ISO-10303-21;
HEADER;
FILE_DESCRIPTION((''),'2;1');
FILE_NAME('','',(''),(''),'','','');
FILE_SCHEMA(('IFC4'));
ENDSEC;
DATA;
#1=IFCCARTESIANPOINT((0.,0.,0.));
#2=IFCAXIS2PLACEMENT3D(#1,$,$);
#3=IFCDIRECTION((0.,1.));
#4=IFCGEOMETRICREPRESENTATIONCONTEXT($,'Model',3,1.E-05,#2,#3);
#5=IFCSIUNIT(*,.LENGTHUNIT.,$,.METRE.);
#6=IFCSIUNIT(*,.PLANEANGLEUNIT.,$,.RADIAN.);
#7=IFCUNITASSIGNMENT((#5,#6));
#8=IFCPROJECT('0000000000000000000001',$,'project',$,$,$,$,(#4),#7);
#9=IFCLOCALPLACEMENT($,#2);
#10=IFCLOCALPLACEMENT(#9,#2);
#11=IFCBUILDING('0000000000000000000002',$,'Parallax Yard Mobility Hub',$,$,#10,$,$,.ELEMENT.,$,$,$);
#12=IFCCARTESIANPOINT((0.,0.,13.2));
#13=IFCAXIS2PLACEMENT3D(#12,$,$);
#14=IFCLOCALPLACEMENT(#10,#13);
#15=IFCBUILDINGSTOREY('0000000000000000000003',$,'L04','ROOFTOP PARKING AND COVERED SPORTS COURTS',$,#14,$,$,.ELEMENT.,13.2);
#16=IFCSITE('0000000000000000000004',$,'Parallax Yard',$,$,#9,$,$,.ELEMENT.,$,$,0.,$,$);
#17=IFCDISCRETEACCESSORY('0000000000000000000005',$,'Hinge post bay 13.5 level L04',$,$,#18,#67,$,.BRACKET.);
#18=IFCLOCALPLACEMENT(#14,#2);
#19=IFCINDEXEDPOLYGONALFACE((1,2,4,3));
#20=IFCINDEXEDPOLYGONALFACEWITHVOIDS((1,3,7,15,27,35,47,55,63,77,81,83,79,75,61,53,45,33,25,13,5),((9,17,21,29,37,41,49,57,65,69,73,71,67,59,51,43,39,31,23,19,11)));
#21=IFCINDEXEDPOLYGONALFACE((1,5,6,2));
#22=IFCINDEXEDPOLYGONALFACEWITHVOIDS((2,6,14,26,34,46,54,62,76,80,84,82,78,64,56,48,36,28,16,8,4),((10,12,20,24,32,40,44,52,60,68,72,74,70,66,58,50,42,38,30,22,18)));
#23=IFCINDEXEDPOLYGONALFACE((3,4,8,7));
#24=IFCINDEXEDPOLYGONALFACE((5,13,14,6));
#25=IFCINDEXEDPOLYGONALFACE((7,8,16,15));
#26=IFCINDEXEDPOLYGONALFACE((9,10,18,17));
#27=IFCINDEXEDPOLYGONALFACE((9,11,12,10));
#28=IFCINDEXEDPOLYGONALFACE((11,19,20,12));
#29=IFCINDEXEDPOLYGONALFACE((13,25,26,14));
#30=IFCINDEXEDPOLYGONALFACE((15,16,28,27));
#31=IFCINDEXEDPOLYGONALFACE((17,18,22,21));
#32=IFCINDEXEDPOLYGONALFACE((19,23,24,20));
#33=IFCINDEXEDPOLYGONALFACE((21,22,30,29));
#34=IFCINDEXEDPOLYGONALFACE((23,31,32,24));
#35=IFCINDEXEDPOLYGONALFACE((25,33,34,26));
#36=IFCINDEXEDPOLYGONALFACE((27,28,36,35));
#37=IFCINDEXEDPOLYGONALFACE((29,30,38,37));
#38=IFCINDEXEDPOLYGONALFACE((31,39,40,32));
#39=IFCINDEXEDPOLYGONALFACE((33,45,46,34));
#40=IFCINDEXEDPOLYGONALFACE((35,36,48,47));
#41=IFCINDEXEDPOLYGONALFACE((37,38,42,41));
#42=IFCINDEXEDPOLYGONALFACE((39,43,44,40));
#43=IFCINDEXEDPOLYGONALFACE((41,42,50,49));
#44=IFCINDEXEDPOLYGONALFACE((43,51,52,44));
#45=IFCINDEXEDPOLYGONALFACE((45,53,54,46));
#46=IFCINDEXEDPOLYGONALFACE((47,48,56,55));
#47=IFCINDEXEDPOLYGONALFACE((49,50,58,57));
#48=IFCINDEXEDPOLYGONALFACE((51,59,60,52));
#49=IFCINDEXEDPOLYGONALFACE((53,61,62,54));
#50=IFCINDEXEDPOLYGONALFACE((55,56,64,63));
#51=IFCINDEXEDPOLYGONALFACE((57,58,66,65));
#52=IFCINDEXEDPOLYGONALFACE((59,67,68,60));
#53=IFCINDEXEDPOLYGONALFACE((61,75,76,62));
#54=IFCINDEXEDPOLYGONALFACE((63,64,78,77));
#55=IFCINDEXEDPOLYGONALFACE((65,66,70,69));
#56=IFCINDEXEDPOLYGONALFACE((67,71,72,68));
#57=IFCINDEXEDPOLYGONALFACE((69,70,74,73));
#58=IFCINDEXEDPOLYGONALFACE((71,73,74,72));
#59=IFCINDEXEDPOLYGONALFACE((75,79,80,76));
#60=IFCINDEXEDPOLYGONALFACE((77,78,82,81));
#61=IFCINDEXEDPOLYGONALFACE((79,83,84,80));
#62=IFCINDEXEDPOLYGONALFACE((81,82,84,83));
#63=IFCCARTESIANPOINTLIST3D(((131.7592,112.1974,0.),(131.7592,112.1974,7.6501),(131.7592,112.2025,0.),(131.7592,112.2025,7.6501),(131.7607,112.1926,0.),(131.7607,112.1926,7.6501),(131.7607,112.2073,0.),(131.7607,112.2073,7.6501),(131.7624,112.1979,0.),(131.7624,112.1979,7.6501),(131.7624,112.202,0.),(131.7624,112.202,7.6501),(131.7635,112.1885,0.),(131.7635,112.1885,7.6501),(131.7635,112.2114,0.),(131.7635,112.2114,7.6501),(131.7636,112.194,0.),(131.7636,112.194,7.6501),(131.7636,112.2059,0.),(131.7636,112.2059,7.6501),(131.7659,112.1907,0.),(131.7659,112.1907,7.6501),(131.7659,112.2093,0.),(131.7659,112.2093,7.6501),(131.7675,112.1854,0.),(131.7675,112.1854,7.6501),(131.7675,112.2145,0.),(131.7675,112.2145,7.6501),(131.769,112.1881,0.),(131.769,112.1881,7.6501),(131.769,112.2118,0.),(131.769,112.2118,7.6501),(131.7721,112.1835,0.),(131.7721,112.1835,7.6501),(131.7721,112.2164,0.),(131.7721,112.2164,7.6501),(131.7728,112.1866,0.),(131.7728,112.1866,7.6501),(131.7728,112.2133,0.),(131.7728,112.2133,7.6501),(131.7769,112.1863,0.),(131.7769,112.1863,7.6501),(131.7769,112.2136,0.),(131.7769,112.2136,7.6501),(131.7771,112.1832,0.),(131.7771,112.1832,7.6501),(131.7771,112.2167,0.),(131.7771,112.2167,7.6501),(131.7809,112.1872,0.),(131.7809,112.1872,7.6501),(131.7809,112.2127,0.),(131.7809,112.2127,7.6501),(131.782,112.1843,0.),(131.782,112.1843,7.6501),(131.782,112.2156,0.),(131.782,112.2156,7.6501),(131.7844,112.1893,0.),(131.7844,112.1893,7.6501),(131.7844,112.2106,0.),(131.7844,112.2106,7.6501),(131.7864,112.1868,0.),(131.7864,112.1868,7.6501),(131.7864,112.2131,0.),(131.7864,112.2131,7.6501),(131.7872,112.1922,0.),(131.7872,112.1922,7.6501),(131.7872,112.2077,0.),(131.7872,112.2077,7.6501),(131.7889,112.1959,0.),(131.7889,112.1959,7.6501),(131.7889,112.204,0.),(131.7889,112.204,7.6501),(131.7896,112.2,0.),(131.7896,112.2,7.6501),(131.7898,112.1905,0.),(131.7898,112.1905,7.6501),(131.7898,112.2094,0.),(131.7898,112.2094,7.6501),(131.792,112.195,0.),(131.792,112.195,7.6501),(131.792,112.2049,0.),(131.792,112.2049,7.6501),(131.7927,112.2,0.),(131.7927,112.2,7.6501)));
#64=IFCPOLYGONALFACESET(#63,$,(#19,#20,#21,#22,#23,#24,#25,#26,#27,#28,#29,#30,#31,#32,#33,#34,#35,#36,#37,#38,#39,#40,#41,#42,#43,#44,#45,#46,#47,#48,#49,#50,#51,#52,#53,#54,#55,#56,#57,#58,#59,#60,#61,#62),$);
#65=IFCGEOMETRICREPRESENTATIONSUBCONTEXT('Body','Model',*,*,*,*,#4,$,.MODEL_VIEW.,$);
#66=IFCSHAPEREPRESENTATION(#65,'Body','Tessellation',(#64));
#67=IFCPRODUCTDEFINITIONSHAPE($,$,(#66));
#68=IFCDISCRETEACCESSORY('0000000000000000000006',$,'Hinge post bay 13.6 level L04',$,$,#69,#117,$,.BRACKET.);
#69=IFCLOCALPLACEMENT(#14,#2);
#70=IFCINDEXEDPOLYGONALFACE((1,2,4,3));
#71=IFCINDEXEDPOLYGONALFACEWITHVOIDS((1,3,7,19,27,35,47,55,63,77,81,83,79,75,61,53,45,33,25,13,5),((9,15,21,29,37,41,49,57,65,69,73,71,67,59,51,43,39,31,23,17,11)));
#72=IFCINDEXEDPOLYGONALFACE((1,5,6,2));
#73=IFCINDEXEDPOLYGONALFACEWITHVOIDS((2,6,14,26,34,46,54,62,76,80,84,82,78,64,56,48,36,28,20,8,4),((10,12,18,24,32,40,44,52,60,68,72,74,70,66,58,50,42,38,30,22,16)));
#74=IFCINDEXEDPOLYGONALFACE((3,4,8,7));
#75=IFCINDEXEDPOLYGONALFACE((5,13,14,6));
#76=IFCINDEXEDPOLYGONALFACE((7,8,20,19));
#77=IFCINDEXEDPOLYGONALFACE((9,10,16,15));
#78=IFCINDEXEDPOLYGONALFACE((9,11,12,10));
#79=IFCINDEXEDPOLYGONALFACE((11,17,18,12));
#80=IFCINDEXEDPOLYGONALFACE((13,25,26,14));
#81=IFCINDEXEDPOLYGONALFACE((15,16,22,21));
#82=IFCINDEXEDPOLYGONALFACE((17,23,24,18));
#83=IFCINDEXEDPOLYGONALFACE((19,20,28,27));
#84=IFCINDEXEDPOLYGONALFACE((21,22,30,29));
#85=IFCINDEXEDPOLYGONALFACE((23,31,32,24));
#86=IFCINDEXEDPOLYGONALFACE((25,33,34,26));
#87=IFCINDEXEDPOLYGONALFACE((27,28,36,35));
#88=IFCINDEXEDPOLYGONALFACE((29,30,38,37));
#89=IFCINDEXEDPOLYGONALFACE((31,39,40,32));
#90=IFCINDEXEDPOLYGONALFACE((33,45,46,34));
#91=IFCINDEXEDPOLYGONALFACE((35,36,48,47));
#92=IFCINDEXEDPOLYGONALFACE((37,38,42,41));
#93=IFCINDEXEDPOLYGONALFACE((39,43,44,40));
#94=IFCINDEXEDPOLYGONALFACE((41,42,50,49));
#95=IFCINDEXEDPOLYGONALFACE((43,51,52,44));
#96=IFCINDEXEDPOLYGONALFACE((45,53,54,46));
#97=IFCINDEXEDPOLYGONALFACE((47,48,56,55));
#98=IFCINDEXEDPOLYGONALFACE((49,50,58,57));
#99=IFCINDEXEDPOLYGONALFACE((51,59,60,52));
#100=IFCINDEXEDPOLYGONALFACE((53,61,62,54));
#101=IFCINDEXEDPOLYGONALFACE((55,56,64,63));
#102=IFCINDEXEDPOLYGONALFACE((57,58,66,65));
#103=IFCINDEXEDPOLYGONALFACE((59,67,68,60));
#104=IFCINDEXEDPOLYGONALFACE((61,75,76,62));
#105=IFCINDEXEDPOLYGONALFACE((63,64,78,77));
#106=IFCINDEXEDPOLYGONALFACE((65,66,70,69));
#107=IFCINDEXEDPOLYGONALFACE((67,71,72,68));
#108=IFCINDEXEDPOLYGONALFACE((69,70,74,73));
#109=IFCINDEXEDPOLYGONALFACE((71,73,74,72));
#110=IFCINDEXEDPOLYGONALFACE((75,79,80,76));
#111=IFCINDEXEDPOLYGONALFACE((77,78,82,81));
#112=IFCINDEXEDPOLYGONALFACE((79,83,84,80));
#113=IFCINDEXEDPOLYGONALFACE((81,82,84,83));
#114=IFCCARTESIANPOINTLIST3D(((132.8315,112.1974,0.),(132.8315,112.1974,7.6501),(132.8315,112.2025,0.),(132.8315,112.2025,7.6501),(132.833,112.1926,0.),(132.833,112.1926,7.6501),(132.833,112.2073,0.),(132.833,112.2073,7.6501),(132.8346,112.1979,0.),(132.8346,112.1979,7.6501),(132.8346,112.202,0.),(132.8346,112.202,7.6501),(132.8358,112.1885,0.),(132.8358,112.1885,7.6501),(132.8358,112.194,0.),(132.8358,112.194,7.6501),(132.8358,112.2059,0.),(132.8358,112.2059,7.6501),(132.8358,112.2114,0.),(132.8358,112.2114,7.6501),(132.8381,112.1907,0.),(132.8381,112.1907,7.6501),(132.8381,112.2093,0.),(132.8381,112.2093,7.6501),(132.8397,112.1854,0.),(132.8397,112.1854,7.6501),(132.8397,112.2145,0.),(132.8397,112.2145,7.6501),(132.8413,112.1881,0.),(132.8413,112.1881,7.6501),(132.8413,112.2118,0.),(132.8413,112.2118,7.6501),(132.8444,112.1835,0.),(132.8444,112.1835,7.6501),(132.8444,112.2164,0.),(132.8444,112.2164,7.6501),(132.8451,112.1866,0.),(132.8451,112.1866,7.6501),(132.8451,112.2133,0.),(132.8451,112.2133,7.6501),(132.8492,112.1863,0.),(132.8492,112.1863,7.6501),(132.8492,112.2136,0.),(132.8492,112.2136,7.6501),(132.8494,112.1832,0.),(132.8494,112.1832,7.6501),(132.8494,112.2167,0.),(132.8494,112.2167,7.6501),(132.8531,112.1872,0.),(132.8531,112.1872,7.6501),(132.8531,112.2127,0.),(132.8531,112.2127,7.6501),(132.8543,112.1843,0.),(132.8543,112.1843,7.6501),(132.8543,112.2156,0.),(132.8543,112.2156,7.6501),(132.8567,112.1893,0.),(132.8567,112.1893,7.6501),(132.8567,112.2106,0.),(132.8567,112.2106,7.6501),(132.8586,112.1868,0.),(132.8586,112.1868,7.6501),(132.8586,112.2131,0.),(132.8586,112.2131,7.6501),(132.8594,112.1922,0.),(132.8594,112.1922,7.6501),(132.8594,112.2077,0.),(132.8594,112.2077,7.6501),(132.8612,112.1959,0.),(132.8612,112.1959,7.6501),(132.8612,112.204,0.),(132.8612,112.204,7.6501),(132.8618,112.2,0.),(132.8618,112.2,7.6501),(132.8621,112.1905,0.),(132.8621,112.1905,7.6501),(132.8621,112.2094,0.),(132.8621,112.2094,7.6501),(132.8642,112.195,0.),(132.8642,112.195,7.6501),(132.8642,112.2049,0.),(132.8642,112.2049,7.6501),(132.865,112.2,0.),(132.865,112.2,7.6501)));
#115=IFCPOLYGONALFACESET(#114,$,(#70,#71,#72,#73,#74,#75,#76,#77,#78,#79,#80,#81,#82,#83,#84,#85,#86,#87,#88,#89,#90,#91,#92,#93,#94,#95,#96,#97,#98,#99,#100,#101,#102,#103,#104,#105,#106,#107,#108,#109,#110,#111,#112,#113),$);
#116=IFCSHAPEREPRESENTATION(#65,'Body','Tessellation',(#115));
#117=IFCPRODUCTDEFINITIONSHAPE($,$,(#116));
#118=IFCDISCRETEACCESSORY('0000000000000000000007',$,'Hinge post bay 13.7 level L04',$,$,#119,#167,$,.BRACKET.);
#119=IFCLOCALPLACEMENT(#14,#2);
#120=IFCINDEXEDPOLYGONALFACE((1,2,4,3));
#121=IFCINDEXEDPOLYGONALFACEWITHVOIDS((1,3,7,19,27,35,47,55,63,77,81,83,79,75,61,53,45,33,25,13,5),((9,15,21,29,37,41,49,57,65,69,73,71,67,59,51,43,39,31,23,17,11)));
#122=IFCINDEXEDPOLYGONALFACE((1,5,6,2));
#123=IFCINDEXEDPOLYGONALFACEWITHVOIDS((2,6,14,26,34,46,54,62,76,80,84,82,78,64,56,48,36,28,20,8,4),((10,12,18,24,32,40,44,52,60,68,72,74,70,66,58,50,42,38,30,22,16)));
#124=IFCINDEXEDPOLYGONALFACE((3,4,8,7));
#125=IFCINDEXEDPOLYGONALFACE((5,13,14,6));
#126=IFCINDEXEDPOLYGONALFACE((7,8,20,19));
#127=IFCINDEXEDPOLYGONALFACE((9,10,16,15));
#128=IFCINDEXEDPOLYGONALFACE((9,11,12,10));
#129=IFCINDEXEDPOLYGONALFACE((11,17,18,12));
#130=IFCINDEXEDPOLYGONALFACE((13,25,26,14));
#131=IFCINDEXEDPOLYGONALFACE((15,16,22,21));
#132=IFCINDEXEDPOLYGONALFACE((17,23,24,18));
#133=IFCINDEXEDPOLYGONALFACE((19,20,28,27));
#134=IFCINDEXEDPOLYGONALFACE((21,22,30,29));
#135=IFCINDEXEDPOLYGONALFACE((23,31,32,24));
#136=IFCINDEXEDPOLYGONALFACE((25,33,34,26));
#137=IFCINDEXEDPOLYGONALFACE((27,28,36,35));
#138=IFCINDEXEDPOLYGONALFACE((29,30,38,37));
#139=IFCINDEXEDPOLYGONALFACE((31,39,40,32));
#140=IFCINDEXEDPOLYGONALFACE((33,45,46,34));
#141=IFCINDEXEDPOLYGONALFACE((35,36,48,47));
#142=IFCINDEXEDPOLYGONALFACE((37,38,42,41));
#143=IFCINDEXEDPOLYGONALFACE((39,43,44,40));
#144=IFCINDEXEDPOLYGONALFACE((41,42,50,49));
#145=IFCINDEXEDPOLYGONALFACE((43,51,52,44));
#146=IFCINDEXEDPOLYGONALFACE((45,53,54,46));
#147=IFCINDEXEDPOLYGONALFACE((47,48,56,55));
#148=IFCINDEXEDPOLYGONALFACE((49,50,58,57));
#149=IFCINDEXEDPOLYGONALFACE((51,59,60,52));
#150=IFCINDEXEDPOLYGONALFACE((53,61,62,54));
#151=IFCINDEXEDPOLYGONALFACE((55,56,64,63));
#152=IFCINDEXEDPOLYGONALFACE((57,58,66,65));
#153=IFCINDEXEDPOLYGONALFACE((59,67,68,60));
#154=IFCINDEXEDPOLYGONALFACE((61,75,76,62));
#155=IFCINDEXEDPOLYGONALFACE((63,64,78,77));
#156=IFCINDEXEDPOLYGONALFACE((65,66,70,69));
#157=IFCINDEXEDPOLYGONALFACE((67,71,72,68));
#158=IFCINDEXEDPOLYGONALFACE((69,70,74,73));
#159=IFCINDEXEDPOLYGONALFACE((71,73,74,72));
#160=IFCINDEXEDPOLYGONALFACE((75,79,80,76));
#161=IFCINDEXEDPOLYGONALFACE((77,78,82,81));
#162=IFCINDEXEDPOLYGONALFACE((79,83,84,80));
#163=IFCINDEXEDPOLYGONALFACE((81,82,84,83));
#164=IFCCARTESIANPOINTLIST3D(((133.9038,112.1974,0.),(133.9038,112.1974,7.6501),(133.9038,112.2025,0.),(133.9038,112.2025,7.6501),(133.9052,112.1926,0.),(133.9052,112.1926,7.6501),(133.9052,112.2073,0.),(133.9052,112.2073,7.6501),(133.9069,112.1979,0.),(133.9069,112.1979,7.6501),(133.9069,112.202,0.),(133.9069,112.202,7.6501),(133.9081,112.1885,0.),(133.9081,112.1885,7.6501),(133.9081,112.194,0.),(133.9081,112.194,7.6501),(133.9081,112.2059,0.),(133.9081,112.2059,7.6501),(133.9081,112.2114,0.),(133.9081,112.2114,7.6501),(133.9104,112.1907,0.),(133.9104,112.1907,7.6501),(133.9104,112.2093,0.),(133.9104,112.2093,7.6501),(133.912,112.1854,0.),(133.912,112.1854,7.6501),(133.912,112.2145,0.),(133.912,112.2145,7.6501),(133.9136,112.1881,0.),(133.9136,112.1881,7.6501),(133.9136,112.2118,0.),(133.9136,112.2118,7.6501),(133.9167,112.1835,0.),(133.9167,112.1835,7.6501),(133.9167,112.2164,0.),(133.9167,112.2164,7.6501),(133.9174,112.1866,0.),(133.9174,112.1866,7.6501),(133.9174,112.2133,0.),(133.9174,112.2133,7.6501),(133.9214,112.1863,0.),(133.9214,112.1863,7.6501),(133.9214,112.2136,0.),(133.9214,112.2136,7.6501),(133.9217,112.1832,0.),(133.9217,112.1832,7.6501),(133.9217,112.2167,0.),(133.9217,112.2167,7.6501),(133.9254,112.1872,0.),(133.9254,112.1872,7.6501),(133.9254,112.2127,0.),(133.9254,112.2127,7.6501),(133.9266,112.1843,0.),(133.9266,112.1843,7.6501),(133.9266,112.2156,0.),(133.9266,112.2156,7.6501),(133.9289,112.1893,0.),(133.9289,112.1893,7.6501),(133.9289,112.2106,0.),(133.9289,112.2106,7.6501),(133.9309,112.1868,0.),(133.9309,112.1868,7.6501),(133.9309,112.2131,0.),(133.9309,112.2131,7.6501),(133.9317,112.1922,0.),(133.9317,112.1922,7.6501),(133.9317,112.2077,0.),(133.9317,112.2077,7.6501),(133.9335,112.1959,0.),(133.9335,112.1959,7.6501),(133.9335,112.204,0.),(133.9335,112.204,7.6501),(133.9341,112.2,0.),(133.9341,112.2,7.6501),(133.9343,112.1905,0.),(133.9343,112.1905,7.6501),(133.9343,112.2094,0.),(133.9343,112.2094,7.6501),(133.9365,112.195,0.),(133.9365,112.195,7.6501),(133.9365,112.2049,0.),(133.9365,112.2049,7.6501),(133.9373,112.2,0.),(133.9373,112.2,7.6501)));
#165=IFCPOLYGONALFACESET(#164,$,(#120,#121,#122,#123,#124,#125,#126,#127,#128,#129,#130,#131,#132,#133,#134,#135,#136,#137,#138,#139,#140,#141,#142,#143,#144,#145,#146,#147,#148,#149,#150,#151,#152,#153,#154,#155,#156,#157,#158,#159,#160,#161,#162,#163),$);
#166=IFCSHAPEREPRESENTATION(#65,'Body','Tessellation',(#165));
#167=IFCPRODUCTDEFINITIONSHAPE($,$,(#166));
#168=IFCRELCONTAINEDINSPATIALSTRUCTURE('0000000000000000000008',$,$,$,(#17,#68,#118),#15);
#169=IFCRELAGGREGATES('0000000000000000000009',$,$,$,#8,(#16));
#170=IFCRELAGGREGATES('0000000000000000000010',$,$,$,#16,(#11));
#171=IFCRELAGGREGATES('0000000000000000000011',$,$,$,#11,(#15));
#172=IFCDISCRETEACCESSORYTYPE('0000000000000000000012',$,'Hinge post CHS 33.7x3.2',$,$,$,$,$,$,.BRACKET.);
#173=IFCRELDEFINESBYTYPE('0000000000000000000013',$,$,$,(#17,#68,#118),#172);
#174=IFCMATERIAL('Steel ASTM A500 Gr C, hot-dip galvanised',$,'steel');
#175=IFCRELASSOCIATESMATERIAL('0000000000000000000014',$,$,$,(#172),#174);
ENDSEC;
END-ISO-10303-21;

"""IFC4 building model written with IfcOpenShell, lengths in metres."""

from ifc_helpers import new_model, si_unit, direction, frame, origin, origin_2d, place, context, subcontext, project, spatial, hollow_circle, extrude, material, material_profile, profile_set, type_object, element, save


model = new_model("IFC4")

# Units and contexts
model_context = context("Model", 3, precision=1e-05, world=origin(), true_north=direction((0.0, 1.0)))
body_context = subcontext(model_context, "Body", "Model", "MODEL_VIEW")
ifc_project = project(units=[si_unit("LENGTHUNIT", "METRE"), si_unit("PLANEANGLEUNIT", "RADIAN")], contexts=[model_context])

# Site, building, storey
site_placement = place(None, origin())
site = spatial("IfcSite", under=ifc_project, at=site_placement, Name="Parallax Yard", CompositionType="ELEMENT", RefElevation=0.0)
building_placement = place(site_placement, origin())
building = spatial("IfcBuilding", under=site, at=building_placement, Name="Parallax Yard Mobility Hub", CompositionType="ELEMENT")
storey_placement = place(building_placement, frame((0.0, 0.0, 13.2)))
storey = spatial("IfcBuildingStorey", under=building, at=storey_placement, Name="L04", Description="ROOFTOP PARKING AND COVERED SPORTS COURTS", CompositionType="ELEMENT", Elevation=13.2)

# Discrete accessories
ifc_material_1 = material(Name="Steel ASTM A500 Gr C, hot-dip galvanised", Category="steel")
ifc_material_profile = material_profile(ifc_material_1, hollow_circle(Radius=0.0168, WallThickness=0.0032, at=origin_2d()), Name="CHS 33.7x3.2")
ifc_profile_set = profile_set([ifc_material_profile], Name="Steel ASTM A500 Gr C, hot-dip galvanised")
discrete_accessory_type_1 = type_object("IfcDiscreteAccessoryType", Name="Hinge post CHS 33.7x3.2", PredefinedType="BRACKET", material=ifc_profile_set)
for number, where, z_axis, x_axis, name in (
    (1, (131.7759, 112.2, 0.0), (0.0, 0.0, 1.0), (1.0, 0.0, 0.0), "Hinge post bay 13.5 level L04"),
    (2, (132.8481, 112.2, 0.0), (0.0, 0.0, 1.0), (1.0, 0.0, 0.0), "Hinge post bay 13.6 level L04"),
    (3, (133.9204, 112.2, 0.0), (0.0, 0.0, 1.0), (1.0, 0.0, 0.0), "Hinge post bay 13.7 level L04"),
):
    element("IfcDiscreteAccessory", number, at=place(storey_placement, frame(where, z_axis=z_axis, x_axis=x_axis)), inside=storey, type_object=discrete_accessory_type_1, Name=name, PredefinedType="BRACKET", context=body_context, shape_type="SweptSolid", body=[
        extrude(hollow_circle(Radius=0.0168, WallThickness=0.0032, at=origin_2d()), origin(), (0.0, 0.0, 1.0), 7.6501),
    ])

save(model, "model.ifc")
